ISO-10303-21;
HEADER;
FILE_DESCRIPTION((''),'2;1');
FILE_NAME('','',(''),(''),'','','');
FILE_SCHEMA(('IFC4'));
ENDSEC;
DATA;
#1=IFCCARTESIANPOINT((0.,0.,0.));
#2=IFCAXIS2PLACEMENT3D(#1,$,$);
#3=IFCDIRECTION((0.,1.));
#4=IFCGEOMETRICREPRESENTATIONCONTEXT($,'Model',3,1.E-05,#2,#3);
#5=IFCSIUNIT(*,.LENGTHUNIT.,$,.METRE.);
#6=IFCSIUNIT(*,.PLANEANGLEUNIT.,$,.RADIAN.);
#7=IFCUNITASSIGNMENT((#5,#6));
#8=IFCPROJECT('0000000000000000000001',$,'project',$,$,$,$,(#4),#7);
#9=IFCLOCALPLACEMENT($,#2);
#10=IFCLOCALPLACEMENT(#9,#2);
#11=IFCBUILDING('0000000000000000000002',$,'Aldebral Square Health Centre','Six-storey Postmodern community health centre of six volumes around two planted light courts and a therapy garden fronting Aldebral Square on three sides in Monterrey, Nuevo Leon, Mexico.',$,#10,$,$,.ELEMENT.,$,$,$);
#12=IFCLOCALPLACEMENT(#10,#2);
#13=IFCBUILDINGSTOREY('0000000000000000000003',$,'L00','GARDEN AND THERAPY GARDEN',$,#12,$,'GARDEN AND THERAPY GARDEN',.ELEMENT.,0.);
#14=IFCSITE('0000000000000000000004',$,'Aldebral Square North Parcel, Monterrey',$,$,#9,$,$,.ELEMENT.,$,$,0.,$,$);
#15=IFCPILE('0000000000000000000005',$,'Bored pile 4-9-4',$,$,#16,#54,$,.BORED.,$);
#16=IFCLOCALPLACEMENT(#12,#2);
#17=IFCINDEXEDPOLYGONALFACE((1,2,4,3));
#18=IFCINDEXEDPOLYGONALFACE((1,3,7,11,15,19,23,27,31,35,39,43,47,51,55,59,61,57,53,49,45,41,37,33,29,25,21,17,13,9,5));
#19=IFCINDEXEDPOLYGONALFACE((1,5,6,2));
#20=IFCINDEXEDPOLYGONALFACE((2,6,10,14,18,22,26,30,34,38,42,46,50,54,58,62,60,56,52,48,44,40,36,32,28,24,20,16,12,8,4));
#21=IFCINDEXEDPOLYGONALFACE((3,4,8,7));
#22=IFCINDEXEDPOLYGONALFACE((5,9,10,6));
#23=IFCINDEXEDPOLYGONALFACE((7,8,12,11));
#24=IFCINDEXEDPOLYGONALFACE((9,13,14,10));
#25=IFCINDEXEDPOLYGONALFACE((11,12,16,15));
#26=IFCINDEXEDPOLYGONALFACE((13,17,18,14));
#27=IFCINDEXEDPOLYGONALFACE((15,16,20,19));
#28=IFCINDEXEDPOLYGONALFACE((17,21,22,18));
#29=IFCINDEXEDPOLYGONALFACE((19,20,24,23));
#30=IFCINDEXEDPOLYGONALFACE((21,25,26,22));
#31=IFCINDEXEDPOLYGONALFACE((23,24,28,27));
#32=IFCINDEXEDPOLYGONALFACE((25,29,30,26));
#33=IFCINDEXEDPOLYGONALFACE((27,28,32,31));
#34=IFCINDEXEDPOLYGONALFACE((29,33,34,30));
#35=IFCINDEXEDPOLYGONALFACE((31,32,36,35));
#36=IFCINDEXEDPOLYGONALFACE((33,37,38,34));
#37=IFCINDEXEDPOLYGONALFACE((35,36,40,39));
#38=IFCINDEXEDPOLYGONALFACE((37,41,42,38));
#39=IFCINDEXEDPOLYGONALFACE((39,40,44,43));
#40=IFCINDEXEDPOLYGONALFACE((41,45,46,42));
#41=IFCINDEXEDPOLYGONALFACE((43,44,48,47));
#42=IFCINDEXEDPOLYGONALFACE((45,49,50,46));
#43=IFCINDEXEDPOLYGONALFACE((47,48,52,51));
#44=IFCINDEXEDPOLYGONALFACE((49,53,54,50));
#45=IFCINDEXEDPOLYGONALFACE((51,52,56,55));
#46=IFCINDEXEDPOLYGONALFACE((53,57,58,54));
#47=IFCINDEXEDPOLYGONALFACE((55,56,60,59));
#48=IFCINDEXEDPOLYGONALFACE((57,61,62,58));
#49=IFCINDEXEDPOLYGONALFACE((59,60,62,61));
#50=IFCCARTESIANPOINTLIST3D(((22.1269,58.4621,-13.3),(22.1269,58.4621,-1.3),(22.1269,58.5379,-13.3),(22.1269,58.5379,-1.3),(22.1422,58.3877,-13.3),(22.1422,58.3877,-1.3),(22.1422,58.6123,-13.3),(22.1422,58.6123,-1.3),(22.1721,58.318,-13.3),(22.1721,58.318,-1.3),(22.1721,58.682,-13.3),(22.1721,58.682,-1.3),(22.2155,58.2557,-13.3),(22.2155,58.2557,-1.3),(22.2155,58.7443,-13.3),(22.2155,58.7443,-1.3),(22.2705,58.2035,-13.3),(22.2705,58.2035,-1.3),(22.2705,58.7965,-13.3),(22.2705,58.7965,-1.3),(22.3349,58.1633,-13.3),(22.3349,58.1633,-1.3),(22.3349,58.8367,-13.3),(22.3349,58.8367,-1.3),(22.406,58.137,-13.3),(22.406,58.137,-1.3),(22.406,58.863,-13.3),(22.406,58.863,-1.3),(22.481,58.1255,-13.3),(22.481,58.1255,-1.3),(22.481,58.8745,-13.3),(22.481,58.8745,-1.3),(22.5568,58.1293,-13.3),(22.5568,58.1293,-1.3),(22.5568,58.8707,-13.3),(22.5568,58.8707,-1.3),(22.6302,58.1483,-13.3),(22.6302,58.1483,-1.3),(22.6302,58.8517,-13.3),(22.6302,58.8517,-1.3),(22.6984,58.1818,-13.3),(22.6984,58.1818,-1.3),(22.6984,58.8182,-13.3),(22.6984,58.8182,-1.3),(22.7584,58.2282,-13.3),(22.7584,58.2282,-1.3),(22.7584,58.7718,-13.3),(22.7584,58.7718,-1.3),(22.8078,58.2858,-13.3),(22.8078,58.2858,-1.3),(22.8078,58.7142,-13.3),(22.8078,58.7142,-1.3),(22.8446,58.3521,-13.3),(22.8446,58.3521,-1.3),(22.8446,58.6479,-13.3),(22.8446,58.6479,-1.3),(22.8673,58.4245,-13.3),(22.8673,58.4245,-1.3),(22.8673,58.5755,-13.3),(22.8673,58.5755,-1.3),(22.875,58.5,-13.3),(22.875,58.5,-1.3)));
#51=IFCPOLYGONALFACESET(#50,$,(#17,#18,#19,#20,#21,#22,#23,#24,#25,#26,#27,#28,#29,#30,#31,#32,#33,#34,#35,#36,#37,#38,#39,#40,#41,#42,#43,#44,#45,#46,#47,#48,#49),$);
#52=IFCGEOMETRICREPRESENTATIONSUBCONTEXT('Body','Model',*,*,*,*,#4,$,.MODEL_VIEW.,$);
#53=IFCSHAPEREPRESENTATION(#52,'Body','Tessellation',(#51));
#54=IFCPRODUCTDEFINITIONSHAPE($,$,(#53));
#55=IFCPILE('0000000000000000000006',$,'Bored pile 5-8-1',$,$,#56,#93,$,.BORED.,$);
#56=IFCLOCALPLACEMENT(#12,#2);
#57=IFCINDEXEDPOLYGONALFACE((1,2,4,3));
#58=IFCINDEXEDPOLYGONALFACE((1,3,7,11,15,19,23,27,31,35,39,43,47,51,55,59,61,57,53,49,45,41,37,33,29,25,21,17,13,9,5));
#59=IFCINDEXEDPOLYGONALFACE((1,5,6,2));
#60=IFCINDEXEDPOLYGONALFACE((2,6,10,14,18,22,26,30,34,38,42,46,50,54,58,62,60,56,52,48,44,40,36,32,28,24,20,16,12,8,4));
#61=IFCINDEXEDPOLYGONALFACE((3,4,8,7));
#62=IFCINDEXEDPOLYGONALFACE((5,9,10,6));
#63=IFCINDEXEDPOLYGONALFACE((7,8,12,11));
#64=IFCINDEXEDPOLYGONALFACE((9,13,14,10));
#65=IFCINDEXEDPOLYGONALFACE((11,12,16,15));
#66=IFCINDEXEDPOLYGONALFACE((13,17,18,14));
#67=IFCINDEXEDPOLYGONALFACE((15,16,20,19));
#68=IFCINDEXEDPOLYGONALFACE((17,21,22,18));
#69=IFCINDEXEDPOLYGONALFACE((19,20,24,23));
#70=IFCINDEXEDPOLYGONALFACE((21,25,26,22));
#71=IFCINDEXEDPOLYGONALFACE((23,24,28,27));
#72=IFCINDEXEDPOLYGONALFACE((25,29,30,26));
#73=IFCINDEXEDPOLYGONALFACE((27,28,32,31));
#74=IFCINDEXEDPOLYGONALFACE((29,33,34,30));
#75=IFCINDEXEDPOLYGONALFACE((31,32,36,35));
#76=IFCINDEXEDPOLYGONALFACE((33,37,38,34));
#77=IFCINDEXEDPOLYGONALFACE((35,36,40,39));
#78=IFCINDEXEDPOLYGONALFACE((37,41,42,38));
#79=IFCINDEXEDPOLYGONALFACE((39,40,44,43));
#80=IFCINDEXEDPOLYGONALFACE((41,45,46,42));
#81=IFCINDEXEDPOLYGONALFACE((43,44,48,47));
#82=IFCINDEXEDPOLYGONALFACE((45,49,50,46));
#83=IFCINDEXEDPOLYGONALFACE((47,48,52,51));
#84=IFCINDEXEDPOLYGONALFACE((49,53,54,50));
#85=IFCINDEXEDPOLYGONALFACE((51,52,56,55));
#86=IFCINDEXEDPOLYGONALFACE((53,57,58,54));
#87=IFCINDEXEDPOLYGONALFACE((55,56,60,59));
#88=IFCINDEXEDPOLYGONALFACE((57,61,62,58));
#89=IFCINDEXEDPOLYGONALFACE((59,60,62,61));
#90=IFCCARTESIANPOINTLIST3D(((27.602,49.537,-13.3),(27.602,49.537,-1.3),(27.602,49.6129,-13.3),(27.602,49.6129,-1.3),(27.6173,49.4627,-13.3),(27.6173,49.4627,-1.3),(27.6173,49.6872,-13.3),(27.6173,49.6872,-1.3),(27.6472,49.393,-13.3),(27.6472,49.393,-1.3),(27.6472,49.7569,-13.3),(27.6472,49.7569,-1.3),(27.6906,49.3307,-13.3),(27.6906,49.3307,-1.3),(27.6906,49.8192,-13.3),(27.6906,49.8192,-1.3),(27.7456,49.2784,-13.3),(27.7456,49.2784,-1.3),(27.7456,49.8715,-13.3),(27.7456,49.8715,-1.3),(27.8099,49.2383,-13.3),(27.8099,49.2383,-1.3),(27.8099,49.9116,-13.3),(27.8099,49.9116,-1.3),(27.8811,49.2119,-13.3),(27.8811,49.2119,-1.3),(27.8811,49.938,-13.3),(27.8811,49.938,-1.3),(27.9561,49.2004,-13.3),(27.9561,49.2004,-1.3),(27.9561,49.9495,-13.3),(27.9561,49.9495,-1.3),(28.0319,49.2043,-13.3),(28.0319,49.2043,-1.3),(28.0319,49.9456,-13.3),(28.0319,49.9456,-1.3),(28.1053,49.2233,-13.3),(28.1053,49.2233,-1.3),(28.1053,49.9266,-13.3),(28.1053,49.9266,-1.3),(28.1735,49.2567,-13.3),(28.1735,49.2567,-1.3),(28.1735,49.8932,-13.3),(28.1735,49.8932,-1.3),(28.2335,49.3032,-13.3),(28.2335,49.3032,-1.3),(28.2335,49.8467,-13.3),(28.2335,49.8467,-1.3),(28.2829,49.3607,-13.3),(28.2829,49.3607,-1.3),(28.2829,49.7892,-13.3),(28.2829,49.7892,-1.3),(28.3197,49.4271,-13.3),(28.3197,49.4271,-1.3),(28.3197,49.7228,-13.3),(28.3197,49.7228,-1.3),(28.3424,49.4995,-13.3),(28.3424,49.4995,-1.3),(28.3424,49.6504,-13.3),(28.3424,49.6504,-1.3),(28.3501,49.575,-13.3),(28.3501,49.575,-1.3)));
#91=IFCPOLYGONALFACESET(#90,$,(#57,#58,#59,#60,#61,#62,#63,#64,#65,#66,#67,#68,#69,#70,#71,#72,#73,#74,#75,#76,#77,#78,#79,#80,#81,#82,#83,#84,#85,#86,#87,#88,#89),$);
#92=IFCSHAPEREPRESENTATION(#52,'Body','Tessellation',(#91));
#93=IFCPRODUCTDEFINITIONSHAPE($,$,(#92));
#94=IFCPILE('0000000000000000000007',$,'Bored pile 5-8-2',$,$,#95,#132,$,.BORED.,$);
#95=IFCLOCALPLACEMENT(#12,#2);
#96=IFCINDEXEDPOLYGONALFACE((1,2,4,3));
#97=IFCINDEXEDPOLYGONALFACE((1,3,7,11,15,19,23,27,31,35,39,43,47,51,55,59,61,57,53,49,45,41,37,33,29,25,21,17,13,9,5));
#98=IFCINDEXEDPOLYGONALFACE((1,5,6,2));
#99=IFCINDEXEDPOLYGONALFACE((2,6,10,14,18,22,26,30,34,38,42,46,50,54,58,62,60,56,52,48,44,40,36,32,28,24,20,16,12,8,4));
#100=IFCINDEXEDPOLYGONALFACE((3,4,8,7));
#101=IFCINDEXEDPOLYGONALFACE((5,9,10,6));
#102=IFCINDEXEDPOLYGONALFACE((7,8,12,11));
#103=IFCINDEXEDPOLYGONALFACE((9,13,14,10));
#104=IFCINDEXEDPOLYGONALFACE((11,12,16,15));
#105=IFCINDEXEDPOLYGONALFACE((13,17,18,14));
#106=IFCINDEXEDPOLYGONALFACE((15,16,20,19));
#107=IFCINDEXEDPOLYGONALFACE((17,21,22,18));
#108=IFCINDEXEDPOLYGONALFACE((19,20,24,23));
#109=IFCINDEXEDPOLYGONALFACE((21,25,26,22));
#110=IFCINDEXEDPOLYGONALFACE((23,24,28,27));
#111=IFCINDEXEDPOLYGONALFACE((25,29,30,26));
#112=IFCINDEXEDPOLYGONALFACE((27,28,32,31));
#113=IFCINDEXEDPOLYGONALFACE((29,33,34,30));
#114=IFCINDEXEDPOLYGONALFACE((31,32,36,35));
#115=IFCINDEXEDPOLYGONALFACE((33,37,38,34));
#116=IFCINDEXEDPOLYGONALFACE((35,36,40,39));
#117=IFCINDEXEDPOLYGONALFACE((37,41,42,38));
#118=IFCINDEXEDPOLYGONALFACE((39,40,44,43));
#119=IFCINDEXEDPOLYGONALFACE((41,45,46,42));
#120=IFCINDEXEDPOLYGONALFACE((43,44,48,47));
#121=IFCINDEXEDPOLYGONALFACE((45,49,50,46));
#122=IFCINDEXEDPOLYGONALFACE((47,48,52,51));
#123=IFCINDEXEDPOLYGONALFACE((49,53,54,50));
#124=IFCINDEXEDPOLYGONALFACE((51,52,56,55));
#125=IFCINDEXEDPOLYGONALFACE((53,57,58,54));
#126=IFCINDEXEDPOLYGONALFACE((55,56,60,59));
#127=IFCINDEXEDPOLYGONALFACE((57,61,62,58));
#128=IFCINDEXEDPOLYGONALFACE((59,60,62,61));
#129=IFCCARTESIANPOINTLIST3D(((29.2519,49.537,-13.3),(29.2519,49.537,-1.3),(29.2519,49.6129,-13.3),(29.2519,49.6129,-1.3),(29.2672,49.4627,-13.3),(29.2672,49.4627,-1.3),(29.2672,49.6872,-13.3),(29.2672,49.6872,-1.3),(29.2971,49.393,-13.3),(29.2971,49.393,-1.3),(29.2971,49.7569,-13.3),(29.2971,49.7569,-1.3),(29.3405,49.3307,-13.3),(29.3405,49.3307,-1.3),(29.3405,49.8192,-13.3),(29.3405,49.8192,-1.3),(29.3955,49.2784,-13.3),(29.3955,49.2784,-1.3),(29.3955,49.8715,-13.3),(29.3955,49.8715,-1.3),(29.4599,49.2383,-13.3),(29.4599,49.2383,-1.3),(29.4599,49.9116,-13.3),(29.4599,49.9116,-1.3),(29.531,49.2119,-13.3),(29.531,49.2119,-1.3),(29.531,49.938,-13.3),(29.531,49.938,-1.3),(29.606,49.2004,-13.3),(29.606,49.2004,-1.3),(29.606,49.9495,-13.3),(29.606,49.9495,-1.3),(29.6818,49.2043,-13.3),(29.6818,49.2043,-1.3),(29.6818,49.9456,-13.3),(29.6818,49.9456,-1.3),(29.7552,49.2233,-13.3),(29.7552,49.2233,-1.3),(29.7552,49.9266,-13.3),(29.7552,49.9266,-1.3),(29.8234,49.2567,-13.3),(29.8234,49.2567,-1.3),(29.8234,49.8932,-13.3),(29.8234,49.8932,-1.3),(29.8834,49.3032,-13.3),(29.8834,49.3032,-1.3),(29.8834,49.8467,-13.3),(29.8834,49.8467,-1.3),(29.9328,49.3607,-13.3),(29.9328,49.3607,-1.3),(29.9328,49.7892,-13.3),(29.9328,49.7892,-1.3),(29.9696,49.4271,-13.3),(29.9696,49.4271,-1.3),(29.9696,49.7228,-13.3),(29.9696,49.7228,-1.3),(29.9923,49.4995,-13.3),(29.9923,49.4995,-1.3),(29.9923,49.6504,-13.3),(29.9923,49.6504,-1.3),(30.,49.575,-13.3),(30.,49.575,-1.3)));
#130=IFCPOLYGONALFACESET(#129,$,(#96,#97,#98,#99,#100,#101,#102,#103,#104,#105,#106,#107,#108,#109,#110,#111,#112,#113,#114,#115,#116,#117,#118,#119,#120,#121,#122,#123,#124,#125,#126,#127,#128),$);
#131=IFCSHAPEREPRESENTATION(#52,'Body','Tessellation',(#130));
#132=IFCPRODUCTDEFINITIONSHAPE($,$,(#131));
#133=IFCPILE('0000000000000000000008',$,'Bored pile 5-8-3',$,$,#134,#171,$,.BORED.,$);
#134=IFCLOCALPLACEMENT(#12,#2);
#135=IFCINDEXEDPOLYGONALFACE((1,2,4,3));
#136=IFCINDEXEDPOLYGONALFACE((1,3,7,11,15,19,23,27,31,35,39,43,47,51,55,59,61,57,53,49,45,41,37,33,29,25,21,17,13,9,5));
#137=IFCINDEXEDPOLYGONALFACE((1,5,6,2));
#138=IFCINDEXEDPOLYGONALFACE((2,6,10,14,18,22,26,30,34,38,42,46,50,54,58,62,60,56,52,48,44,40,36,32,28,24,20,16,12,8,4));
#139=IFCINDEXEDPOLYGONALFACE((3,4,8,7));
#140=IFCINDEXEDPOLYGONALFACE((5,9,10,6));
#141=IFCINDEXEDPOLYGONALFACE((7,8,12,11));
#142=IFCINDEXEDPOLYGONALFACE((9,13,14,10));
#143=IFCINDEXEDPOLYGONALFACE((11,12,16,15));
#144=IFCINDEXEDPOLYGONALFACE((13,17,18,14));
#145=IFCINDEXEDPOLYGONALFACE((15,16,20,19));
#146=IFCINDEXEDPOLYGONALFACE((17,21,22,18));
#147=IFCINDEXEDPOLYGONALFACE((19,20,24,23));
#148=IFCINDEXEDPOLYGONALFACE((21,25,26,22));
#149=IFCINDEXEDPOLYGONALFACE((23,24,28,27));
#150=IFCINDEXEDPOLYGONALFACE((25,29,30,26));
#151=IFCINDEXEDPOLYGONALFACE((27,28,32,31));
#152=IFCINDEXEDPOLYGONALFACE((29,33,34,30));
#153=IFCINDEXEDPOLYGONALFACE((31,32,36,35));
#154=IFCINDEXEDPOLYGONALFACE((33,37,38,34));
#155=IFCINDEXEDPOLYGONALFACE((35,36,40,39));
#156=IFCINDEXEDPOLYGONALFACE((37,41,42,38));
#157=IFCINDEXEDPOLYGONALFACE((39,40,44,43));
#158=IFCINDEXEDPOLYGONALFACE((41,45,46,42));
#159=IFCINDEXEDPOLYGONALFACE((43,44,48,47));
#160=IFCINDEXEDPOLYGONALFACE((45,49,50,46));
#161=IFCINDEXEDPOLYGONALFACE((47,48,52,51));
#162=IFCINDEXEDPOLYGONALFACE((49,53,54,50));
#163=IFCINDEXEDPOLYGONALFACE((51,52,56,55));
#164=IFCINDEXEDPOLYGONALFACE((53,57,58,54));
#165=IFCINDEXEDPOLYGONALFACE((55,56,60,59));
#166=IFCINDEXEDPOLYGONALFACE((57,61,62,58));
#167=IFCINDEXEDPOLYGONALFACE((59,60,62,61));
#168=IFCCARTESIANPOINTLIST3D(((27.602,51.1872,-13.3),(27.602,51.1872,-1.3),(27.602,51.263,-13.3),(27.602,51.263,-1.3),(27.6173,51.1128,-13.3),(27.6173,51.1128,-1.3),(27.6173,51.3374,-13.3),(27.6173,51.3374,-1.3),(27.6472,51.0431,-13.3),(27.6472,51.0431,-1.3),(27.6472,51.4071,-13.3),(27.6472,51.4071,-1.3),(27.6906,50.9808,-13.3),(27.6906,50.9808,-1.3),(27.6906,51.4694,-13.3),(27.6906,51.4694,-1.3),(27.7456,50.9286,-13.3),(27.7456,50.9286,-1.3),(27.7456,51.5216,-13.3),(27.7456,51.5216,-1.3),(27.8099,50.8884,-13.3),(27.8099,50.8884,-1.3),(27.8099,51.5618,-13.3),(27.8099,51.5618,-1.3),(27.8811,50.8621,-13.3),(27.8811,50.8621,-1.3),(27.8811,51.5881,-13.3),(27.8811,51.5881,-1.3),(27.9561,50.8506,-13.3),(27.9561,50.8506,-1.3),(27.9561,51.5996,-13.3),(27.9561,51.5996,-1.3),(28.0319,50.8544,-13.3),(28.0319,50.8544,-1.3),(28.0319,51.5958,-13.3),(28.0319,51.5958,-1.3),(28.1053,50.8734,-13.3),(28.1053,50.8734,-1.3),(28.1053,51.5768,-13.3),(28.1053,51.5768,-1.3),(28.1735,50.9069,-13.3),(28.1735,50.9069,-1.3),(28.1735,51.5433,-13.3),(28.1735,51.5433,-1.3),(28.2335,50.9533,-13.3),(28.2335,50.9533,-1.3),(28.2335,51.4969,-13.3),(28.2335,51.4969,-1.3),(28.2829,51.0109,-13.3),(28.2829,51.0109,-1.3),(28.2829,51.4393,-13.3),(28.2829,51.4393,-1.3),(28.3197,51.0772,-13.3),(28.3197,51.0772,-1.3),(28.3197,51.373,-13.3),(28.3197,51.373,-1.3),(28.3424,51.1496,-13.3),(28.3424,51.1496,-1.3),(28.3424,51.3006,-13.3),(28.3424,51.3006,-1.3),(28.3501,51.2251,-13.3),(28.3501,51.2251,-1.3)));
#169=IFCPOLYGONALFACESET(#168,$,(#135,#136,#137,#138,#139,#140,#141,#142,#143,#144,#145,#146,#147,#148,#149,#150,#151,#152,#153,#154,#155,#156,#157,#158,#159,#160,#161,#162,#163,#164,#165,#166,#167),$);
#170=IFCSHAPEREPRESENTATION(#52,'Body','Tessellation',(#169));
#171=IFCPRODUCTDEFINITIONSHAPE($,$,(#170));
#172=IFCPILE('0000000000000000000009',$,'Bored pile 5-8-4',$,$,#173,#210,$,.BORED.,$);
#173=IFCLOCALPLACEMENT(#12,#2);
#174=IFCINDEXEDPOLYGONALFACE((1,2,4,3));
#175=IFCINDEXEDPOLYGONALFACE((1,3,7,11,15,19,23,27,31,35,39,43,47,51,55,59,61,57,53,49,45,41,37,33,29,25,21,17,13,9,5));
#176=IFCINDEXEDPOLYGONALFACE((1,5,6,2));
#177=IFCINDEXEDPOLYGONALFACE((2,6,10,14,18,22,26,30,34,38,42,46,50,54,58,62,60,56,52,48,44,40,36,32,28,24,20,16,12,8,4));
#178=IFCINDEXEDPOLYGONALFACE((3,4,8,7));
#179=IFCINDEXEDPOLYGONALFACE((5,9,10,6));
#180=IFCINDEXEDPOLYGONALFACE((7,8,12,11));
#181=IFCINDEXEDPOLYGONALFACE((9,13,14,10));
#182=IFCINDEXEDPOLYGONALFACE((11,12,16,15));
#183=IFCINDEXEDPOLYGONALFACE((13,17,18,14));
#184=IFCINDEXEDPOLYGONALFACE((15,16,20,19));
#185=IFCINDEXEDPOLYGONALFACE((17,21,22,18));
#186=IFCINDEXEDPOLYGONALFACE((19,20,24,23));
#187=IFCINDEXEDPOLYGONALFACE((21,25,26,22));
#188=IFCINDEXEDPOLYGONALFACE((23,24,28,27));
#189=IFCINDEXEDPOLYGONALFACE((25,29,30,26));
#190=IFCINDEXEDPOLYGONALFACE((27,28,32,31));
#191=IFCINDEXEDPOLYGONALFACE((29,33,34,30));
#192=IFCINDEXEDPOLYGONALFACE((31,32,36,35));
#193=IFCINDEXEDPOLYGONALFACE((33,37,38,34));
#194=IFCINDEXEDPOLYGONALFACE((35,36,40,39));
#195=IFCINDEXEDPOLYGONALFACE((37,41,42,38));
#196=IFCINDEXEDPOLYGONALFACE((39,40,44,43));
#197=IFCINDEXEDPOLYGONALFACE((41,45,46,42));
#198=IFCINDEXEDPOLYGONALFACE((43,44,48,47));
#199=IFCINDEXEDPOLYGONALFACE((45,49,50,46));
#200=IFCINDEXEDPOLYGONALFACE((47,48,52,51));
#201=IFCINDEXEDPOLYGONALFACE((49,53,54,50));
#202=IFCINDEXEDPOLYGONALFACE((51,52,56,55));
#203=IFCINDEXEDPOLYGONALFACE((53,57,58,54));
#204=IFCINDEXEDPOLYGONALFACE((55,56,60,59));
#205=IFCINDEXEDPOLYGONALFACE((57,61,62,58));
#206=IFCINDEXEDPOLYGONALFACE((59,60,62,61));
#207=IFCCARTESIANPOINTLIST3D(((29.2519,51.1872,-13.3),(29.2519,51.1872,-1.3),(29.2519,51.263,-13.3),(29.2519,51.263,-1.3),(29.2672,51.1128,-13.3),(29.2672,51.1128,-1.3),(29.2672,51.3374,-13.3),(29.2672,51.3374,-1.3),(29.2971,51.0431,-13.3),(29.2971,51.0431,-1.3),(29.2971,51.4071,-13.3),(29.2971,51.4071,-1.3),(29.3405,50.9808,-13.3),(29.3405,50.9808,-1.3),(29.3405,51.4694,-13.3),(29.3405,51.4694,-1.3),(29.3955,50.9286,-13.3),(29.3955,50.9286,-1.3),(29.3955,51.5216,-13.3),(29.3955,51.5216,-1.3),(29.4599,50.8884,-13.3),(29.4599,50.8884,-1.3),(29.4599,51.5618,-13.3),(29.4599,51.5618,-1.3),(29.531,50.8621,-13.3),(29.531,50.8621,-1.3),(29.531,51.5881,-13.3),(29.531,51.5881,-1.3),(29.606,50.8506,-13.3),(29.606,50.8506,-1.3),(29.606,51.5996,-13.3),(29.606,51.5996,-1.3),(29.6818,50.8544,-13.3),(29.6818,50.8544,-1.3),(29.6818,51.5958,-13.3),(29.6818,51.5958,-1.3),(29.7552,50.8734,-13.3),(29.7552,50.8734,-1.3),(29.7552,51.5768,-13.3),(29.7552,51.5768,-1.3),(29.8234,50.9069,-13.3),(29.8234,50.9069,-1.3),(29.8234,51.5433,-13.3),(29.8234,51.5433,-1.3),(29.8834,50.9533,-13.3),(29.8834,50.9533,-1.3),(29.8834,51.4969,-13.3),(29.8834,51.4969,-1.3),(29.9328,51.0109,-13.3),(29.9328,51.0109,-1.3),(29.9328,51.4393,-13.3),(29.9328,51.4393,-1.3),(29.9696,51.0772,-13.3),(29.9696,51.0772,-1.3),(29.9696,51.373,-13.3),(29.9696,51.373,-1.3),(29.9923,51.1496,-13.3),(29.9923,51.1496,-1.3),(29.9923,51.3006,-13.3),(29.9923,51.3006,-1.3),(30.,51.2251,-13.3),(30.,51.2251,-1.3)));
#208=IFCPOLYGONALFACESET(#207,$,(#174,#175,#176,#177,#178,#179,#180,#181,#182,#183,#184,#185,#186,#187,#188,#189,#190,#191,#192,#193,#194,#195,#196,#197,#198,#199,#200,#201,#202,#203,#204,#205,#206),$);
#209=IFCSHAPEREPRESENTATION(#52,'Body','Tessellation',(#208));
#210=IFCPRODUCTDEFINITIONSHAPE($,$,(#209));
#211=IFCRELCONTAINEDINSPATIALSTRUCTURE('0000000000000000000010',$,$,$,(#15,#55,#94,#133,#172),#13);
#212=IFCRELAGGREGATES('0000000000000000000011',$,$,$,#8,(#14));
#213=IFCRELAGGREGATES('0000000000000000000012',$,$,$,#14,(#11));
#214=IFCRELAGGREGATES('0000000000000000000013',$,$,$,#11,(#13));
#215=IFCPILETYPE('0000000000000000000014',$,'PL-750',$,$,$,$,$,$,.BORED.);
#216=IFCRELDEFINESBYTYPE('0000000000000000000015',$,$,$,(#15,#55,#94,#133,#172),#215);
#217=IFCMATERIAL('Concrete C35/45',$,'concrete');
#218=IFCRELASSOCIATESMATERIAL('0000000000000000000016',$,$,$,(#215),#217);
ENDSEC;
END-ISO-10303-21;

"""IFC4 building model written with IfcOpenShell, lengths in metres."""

from ifc_helpers import new_model, si_unit, direction, frame, origin, origin_2d, place, context, subcontext, project, spatial, circle, extrude, material, material_profile, profile_set, type_object, element, save


model = new_model("IFC4")

# Units and contexts
model_context = context("Model", 3, precision=1e-05, world=origin(), true_north=direction((0.0, 1.0)))
body_context = subcontext(model_context, "Body", "Model", "MODEL_VIEW")
ifc_project = project(units=[si_unit("LENGTHUNIT", "METRE"), si_unit("PLANEANGLEUNIT", "RADIAN")], contexts=[model_context])

# Site, building, storey
site_placement = place(None, origin())
site = spatial("IfcSite", under=ifc_project, at=site_placement, Name="Aldebral Square North Parcel, Monterrey", CompositionType="ELEMENT", RefElevation=0.0)
building_placement = place(site_placement, origin())
building = spatial("IfcBuilding", under=site, at=building_placement, Name="Aldebral Square Health Centre", Description="Six-storey Postmodern community health centre of six volumes around two planted light courts and a therapy garden fronting Aldebral Square on three sides in Monterrey, Nuevo Leon, Mexico.", CompositionType="ELEMENT")
storey_placement = place(building_placement, origin())
storey = spatial("IfcBuildingStorey", under=building, at=storey_placement, Name="L00", Description="GARDEN AND THERAPY GARDEN", LongName="GARDEN AND THERAPY GARDEN", CompositionType="ELEMENT", Elevation=0.0)

# Shared definitions
ifc_material_1 = material(Name="Concrete C35/45", Category="concrete")

# Piles
ifc_material_profile_1 = material_profile(ifc_material_1, circle(Radius=0.375, at=origin_2d()), Name="PILE D750")
ifc_profile_set_1 = profile_set([ifc_material_profile_1], Name="Concrete C35/45")
pile_type = type_object("IfcPileType", Name="PL-750", PredefinedType="BORED", material=ifc_profile_set_1)
for number, where, z_axis, x_axis, name in (
    (1, (22.5, 58.5, -1.3), (0.0, 0.0, -1.0), (1.0, 0.0, 0.0), "Bored pile 4-9-4"),
    (2, (27.9751, 49.575, -1.3), (0.0, 0.0, -1.0), (1.0, 0.0, 0.0), "Bored pile 5-8-1"),
    (3, (29.625, 49.575, -1.3), (0.0, 0.0, -1.0), (1.0, 0.0, 0.0), "Bored pile 5-8-2"),
    (4, (27.9751, 51.2251, -1.3), (0.0, 0.0, -1.0), (1.0, 0.0, 0.0), "Bored pile 5-8-3"),
    (5, (29.625, 51.2251, -1.3), (0.0, 0.0, -1.0), (1.0, 0.0, 0.0), "Bored pile 5-8-4"),
):
    element("IfcPile", number, at=place(storey_placement, frame(where, z_axis=z_axis, x_axis=x_axis)), inside=storey, type_object=pile_type, Name=name, PredefinedType="BORED", context=body_context, shape_type="SweptSolid", body=[
        extrude(circle(Radius=0.375, at=origin_2d()), origin(), (0.0, 0.0, 1.0), 12.0),
    ])

save(model, "model.ifc")
